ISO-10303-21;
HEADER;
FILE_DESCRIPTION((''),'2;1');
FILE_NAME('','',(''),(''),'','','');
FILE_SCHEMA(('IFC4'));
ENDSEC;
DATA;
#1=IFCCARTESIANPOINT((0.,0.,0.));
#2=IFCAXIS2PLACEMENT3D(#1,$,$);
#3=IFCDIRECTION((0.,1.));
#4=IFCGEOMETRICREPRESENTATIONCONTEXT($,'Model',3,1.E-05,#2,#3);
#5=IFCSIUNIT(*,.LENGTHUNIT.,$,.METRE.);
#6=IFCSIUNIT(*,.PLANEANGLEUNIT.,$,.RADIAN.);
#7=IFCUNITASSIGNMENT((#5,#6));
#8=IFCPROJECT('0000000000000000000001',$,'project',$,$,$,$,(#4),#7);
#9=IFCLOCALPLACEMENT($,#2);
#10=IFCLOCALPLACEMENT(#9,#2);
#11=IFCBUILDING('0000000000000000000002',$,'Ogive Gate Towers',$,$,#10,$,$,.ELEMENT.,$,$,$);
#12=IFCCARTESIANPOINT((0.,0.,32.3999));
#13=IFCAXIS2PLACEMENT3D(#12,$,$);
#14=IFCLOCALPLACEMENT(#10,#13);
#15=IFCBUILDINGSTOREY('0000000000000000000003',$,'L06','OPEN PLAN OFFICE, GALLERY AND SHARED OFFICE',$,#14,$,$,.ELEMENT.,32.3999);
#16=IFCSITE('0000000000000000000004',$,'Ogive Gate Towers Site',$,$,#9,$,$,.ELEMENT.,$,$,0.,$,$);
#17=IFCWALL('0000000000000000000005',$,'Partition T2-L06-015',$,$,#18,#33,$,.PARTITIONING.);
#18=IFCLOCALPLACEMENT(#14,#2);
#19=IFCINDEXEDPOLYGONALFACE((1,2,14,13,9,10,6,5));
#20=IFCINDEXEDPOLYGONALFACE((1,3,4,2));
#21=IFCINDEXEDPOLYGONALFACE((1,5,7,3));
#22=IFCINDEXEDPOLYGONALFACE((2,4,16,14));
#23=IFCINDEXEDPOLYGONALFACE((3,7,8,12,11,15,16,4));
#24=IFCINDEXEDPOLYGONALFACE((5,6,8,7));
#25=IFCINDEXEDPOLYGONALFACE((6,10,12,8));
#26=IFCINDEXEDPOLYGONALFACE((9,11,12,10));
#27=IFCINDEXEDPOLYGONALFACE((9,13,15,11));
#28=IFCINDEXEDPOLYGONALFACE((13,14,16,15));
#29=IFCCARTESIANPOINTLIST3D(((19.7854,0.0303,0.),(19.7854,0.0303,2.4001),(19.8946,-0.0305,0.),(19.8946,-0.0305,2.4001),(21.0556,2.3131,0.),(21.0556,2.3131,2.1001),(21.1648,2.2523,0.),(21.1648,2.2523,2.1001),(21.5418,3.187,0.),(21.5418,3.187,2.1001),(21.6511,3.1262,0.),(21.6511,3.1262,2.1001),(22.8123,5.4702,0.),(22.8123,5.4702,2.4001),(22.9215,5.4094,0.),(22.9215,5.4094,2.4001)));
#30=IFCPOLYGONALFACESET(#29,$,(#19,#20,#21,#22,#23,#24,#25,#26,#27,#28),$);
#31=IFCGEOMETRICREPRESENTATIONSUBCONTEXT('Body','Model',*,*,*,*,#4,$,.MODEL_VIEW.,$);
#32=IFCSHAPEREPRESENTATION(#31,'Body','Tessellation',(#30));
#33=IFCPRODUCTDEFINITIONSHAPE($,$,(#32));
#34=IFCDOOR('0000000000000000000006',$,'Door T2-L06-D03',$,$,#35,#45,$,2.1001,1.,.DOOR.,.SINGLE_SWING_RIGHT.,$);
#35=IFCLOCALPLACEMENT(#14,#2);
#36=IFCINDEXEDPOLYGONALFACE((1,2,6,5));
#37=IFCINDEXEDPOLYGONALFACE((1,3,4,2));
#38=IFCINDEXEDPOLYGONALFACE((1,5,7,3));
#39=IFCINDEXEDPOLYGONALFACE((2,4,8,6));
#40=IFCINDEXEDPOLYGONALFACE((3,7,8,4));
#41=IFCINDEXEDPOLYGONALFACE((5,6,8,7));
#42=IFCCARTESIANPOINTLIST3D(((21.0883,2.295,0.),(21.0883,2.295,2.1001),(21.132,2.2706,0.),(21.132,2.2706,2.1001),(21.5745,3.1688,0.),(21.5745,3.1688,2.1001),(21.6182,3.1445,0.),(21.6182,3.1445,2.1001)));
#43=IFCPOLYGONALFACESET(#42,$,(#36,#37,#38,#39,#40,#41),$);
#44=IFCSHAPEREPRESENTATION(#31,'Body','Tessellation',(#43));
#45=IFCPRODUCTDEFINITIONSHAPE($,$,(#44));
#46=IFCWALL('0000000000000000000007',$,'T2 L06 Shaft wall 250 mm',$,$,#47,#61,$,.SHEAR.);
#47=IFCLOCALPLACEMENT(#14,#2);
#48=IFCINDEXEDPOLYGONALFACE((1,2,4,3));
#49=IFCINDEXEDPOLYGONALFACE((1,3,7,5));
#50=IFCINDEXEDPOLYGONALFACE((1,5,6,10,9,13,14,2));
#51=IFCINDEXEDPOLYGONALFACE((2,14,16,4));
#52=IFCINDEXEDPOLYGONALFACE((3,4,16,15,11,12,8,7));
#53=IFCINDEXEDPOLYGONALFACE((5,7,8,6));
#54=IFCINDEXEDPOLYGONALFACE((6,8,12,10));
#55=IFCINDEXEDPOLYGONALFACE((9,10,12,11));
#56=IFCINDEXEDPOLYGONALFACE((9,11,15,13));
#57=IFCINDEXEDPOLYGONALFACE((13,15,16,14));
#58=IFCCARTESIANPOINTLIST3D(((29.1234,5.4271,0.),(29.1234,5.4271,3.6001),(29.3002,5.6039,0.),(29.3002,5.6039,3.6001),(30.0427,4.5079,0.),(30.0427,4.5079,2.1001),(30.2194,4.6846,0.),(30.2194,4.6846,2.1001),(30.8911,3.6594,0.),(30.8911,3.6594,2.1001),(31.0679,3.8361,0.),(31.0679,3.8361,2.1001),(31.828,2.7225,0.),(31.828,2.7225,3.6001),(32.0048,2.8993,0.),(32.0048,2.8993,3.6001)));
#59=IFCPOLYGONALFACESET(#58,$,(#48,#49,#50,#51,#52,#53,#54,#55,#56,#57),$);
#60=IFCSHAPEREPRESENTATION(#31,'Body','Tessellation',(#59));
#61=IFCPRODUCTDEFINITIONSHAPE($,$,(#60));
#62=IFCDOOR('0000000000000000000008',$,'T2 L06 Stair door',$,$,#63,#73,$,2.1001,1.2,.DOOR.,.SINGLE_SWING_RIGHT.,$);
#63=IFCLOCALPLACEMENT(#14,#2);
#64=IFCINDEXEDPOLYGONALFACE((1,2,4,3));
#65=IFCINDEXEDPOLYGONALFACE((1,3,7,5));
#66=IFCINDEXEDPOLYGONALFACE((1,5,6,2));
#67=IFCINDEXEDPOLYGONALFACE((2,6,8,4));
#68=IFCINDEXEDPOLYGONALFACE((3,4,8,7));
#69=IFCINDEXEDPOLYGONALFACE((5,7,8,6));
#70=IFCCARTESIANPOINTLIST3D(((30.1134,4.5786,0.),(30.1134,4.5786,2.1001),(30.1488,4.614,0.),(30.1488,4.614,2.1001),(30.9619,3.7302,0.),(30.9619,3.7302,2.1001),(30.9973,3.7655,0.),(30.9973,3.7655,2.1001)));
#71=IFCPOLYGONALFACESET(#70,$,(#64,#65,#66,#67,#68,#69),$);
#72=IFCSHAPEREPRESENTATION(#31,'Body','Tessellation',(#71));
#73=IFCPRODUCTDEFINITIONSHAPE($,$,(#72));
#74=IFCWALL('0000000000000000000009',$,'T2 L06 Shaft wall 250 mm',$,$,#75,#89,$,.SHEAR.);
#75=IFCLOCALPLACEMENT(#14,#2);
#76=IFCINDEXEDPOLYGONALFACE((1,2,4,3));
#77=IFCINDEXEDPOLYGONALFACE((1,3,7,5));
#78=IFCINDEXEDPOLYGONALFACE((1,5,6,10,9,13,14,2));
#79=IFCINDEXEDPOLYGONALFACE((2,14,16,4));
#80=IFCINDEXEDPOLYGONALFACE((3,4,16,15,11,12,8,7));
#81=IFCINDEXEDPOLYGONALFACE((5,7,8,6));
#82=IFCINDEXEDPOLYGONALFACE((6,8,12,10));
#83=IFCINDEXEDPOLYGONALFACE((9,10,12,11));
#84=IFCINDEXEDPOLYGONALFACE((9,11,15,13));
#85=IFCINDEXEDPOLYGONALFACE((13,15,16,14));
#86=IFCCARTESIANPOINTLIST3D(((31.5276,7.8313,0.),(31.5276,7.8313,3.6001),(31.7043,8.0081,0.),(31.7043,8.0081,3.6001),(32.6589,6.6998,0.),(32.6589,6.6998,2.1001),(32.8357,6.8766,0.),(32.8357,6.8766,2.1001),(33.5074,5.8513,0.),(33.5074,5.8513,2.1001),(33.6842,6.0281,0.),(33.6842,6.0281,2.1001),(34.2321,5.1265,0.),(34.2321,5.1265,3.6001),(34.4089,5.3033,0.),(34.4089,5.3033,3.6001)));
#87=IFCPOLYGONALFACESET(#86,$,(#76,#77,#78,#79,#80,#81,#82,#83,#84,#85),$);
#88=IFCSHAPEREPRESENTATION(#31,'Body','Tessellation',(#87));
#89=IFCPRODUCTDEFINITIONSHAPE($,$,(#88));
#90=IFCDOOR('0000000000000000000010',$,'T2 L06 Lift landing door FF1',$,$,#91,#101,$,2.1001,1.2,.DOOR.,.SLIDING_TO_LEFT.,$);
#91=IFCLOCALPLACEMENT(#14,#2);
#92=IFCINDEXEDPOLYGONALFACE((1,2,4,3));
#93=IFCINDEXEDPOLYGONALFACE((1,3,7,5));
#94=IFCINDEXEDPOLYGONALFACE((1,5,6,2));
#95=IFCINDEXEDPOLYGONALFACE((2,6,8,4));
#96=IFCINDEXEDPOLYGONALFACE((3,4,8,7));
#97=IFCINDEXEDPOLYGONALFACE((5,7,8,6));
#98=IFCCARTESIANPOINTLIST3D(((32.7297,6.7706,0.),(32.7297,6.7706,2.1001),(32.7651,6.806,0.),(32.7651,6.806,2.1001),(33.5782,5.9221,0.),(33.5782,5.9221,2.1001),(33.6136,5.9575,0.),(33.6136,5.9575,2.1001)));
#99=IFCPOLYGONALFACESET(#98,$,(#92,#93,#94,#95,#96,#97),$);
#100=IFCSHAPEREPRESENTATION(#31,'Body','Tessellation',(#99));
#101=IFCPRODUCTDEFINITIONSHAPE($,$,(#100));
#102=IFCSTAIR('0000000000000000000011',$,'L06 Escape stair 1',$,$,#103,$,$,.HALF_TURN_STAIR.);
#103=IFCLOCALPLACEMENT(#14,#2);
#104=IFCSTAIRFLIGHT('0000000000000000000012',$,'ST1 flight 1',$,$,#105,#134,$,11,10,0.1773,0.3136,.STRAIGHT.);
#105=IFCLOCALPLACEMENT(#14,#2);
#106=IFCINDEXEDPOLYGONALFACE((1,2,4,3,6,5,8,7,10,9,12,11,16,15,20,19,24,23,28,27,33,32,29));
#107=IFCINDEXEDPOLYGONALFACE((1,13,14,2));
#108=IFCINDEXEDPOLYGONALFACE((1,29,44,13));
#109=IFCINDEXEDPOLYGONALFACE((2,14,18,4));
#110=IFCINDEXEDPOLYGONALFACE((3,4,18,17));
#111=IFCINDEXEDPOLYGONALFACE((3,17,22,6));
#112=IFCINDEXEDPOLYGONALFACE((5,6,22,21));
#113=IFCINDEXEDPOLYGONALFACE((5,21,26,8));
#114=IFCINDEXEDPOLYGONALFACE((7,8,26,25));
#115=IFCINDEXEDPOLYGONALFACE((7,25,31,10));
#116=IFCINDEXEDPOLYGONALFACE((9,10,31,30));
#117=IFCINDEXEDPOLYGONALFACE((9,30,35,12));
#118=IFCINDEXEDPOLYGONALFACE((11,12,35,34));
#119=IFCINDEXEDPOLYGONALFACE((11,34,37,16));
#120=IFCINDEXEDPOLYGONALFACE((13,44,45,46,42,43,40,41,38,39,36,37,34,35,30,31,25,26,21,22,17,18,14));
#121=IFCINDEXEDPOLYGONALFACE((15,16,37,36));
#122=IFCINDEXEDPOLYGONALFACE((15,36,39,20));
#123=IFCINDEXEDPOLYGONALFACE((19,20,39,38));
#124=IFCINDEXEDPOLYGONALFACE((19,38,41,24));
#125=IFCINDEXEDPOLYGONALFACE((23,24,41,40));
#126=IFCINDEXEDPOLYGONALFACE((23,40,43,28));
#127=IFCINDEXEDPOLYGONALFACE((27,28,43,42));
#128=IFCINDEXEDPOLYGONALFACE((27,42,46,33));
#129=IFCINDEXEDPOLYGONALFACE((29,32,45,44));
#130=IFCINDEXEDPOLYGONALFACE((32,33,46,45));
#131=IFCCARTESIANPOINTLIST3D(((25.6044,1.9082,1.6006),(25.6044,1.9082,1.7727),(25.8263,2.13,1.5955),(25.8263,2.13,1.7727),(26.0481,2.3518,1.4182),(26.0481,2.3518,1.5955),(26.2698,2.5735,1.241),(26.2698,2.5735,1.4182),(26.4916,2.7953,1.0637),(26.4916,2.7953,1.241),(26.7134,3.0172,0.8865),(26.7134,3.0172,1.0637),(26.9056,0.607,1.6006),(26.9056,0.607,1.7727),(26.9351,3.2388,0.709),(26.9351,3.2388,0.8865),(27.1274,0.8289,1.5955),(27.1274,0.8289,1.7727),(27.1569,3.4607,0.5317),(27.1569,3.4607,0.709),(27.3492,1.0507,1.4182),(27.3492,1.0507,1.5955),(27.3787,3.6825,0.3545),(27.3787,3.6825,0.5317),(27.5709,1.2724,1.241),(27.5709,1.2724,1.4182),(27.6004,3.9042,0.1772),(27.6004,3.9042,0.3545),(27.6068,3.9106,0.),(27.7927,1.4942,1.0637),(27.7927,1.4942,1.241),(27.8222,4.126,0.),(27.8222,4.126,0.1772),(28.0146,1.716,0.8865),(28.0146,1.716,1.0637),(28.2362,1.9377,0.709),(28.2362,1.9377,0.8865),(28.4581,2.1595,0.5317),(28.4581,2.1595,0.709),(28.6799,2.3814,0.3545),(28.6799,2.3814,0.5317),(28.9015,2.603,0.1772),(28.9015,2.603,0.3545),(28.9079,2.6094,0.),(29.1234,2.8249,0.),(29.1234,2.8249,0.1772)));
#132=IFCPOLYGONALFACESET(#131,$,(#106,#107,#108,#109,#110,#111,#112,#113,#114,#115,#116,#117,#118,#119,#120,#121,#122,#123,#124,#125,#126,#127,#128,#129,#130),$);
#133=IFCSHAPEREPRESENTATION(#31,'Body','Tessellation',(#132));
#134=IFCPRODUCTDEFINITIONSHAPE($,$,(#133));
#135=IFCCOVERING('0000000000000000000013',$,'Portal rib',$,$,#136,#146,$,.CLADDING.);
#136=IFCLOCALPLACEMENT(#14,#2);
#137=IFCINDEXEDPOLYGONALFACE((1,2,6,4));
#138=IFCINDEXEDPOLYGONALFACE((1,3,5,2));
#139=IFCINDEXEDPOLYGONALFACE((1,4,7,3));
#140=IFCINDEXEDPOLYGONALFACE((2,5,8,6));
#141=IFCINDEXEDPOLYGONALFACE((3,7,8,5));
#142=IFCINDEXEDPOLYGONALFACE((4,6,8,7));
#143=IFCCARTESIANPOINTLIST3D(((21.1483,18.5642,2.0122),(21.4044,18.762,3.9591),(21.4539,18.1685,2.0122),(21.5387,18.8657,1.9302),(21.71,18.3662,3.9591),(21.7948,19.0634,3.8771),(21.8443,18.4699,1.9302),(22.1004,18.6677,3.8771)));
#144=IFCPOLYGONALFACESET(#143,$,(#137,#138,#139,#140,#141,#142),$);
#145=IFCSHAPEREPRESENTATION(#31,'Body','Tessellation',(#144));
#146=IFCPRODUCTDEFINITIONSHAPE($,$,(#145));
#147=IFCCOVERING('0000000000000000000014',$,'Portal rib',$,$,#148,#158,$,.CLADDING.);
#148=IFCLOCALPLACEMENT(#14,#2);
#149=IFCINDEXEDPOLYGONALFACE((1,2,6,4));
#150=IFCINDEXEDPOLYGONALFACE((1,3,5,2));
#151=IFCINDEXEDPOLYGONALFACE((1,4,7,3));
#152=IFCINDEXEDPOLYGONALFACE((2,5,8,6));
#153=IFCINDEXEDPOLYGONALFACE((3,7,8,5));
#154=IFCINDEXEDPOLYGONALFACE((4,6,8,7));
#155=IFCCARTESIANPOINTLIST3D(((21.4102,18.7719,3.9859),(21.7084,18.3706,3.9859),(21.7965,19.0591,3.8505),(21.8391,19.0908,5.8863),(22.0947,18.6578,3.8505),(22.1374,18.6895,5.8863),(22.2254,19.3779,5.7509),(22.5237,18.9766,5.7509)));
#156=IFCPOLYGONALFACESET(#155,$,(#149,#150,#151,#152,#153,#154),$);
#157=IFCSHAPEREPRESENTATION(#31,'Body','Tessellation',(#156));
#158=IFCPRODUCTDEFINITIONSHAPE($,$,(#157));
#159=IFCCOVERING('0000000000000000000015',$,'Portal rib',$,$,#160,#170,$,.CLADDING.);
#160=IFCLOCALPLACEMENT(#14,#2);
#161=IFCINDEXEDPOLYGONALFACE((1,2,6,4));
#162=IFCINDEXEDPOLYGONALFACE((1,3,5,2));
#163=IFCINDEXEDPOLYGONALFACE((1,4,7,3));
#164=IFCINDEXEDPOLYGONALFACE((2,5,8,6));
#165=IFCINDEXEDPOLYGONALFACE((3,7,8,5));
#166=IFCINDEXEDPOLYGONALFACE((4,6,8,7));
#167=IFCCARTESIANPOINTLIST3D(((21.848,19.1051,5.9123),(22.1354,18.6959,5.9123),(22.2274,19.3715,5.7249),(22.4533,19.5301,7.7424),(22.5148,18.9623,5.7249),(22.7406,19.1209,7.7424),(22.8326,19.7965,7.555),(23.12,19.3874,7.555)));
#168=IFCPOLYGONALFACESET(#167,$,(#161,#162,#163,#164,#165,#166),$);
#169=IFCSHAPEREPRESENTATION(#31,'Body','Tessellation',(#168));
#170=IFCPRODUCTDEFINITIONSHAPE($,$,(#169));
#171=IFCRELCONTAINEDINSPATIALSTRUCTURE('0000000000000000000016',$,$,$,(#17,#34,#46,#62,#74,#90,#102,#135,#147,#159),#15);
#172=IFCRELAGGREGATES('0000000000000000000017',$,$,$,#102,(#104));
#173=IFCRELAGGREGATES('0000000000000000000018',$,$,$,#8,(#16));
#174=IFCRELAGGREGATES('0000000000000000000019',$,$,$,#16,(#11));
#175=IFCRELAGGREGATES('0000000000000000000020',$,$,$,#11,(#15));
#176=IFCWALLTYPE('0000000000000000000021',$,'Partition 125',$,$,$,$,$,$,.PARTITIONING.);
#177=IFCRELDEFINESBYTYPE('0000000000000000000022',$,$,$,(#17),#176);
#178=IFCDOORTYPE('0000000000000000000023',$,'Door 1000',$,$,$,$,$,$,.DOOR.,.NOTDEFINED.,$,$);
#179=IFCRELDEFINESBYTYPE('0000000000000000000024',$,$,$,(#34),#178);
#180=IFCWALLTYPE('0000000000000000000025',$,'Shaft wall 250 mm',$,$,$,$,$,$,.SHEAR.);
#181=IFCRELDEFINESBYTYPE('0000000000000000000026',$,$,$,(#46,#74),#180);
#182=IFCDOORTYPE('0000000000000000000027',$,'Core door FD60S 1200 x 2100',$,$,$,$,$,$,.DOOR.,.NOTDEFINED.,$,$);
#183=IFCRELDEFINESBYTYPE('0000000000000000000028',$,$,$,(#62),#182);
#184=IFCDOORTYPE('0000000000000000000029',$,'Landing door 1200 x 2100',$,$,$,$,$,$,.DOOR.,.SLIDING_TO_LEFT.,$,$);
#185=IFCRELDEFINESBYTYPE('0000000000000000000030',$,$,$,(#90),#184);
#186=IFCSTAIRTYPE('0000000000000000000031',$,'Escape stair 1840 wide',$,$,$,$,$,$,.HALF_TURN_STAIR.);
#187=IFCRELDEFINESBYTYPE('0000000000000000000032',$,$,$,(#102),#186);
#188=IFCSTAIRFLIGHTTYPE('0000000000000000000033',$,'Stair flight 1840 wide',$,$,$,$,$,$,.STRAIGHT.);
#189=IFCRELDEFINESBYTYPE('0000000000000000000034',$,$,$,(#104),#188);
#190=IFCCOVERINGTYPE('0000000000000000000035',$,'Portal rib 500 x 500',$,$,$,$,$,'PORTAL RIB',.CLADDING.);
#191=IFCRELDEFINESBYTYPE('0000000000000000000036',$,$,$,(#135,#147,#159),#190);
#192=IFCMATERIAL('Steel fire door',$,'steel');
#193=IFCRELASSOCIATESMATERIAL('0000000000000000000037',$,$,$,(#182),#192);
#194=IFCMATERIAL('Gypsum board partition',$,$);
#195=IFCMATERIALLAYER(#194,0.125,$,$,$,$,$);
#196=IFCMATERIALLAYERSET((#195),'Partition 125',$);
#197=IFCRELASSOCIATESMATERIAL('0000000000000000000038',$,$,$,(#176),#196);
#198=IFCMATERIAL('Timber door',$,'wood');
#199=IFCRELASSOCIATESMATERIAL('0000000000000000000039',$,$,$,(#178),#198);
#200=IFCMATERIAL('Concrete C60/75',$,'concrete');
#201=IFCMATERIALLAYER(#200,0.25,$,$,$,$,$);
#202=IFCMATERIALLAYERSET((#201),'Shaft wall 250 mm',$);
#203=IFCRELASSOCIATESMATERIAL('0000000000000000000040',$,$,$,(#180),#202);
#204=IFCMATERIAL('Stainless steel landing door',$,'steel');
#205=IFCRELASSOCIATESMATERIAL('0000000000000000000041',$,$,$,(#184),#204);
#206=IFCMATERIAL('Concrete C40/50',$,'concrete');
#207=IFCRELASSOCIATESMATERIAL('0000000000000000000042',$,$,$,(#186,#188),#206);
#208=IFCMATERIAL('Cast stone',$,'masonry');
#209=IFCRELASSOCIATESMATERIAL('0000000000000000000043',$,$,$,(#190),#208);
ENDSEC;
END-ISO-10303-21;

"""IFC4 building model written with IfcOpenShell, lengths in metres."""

from ifc_helpers import new_model, si_unit, direction, frame, frame_2d, origin, origin_2d, place, context, subcontext, project, spatial, polyline, rectangle, outline, extrude, material, layer, layer_set, material_profile, profile_set, type_object, element, fill, aggregate, save


model = new_model("IFC4")

# Units and contexts
model_context = context("Model", 3, precision=1e-05, world=origin(), true_north=direction((0.0, 1.0)))
body_context = subcontext(model_context, "Body", "Model", "MODEL_VIEW")
ifc_project = project(units=[si_unit("LENGTHUNIT", "METRE"), si_unit("PLANEANGLEUNIT", "RADIAN")], contexts=[model_context])

# Site, building, storey
site_placement = place(None, origin())
site = spatial("IfcSite", under=ifc_project, at=site_placement, Name="Ogive Gate Towers Site", CompositionType="ELEMENT", RefElevation=0.0)
building_placement = place(site_placement, origin())
building = spatial("IfcBuilding", under=site, at=building_placement, Name="Ogive Gate Towers", CompositionType="ELEMENT")
storey_placement = place(building_placement, frame((0.0, 0.0, 32.3999)))
storey = spatial("IfcBuildingStorey", under=building, at=storey_placement, Name="L06", Description="OPEN PLAN OFFICE, GALLERY AND SHARED OFFICE", CompositionType="ELEMENT", Elevation=32.3999)

# Shared definitions
ifc_material_1 = material(Name="Concrete C40/50", Category="concrete")

# Shared definitions
ifc_material_2 = material(Name="Concrete C60/75", Category="concrete")
ifc_material_3 = material(Name="Timber door", Category="wood")
ifc_material_4 = material(Name="Steel fire door", Category="steel")
door_type_1 = type_object("IfcDoorType", Name="Core door FD60S 1200 x 2100", OperationType="NOTDEFINED", PredefinedType="DOOR", material=ifc_material_4)

# Walls, openings, doors
ifc_material_5 = material(Name="Gypsum board partition")
ifc_layer_1 = layer(ifc_material_5, 0.125)
ifc_layer_set_1 = layer_set([ifc_layer_1], Name="Partition 125")
wall_type_1 = type_object("IfcWallType", Name="Partition 125", PredefinedType="PARTITIONING", material=ifc_layer_set_1)
wall_1_placement = place(storey_placement, frame((22.8669, 5.4399, 0.0), z_axis=(0.0, 0.0, 1.0), x_axis=(-0.486216, -0.873839, 0.0)))
wall_1 = element("IfcWall", 1, at=wall_1_placement, inside=storey, type_object=wall_type_1, Name="Partition T2-L06-015", PredefinedType="PARTITIONING", context=body_context, shape_type="SweptSolid", body=[
    extrude(rectangle(XDim=6.2253, YDim=0.125, at=frame_2d((3.1128, 0.0))), origin(), (0.0, 0.0, 1.0), 2.4001),
])
opening_1_placement = place(wall_1_placement, frame((2.613, 0.0, 0.0)))
opening_1 = element("IfcOpeningElement", 2, at=opening_1_placement, cuts=wall_1, PredefinedType="OPENING", context=body_context, shape_type="SweptSolid", body=[
    extrude(rectangle(XDim=1.0, YDim=2.1001, at=frame_2d((0.5, 1.05))), frame((0.0, 0.0725, 0.0), z_axis=(0.0, -1.0, 0.0), x_axis=(1.0, 0.0, 0.0)), (0.0, 0.0, 1.0), 0.145),
])
door_type_2 = type_object("IfcDoorType", Name="Door 1000", OperationType="NOTDEFINED", PredefinedType="DOOR", material=ifc_material_3)
door_1_placement = place(opening_1_placement, origin())
door_1 = element("IfcDoor", 3, at=door_1_placement, inside=storey, type_object=door_type_2, Name="Door T2-L06-D03", OperationType="SINGLE_SWING_RIGHT", OverallHeight=2.1001, OverallWidth=1.0, PredefinedType="DOOR", context=body_context, shape_type="SweptSolid", body=[
    extrude(rectangle(XDim=1.0, YDim=2.1001, at=frame_2d((0.5, 1.05))), frame((0.0, 0.0249, 0.0), z_axis=(0.0, -1.0, 0.0), x_axis=(1.0, 0.0, 0.0)), (0.0, 0.0, 1.0), 0.05),
])
fill(opening_1, door_1)
ifc_layer_2 = layer(ifc_material_2, 0.25)
ifc_layer_set_2 = layer_set([ifc_layer_2], Name="Shaft wall 250 mm")
wall_type_2 = type_object("IfcWallType", Name="Shaft wall 250 mm", PredefinedType="SHEAR", material=ifc_layer_set_2)
wall_2_placement = place(storey_placement, frame((31.9165, 2.8108, 0.0), z_axis=(0.0, 0.0, 1.0), x_axis=(-0.707107, 0.707107, 0.0)))
wall_2 = element("IfcWall", 4, at=wall_2_placement, inside=storey, type_object=wall_type_2, Name="T2 L06 Shaft wall 250 mm", PredefinedType="SHEAR", context=body_context, shape_type="SweptSolid", body=[
    extrude(rectangle(XDim=3.825, YDim=0.25, at=frame_2d((1.9126, 0.0))), origin(), (0.0, 0.0, 1.0), 3.6001),
])
opening_2_placement = place(wall_2_placement, frame((1.325, 0.0, 0.0)))
opening_2 = element("IfcOpeningElement", 5, at=opening_2_placement, cuts=wall_2, PredefinedType="OPENING", context=body_context, shape_type="SweptSolid", body=[
    extrude(rectangle(XDim=1.2, YDim=2.1001, at=frame_2d((0.6001, 1.05))), frame((0.0, 0.135, 0.0), z_axis=(0.0, -1.0, 0.0), x_axis=(1.0, 0.0, 0.0)), (0.0, 0.0, 1.0), 0.27),
])
door_2_placement = place(opening_2_placement, origin())
door_2 = element("IfcDoor", 6, at=door_2_placement, inside=storey, type_object=door_type_1, Name="T2 L06 Stair door", OperationType="SINGLE_SWING_RIGHT", OverallHeight=2.1001, OverallWidth=1.2, PredefinedType="DOOR", context=body_context, shape_type="SweptSolid", body=[
    extrude(rectangle(XDim=1.2, YDim=2.1001, at=frame_2d((0.6001, 1.05))), frame((0.0, 0.0249, 0.0), z_axis=(0.0, -1.0, 0.0), x_axis=(1.0, 0.0, 0.0)), (0.0, 0.0, 1.0), 0.05),
])
fill(opening_2, door_2)
wall_3_placement = place(storey_placement, frame((34.3206, 5.2148, 0.0), z_axis=(0.0, 0.0, 1.0), x_axis=(-0.707075, 0.707139, 0.0)))
wall_3 = element("IfcWall", 7, at=wall_3_placement, inside=storey, type_object=wall_type_2, Name="T2 L06 Shaft wall 250 mm", PredefinedType="SHEAR", context=body_context, shape_type="SweptSolid", body=[
    extrude(rectangle(XDim=3.825, YDim=0.25, at=frame_2d((1.9126, 0.0))), origin(), (0.0, 0.0, 1.0), 3.6001),
])
opening_3_placement = place(wall_3_placement, frame((1.0249, 0.0, 0.0)))
opening_3 = element("IfcOpeningElement", 8, at=opening_3_placement, cuts=wall_3, PredefinedType="OPENING", context=body_context, shape_type="SweptSolid", body=[
    extrude(rectangle(XDim=1.2, YDim=2.1001, at=frame_2d((0.6001, 1.05))), frame((0.0, 0.135, 0.0), z_axis=(0.0, -1.0, 0.0), x_axis=(1.0, 0.0, 0.0)), (0.0, 0.0, 1.0), 0.27),
])
ifc_material_6 = material(Name="Stainless steel landing door", Category="steel")
door_type_3 = type_object("IfcDoorType", Name="Landing door 1200 x 2100", OperationType="SLIDING_TO_LEFT", PredefinedType="DOOR", material=ifc_material_6)
door_3_placement = place(opening_3_placement, origin())
door_3 = element("IfcDoor", 9, at=door_3_placement, inside=storey, type_object=door_type_3, Name="T2 L06 Lift landing door FF1", OperationType="SLIDING_TO_LEFT", OverallHeight=2.1001, OverallWidth=1.2, PredefinedType="DOOR", context=body_context, shape_type="SweptSolid", body=[
    extrude(rectangle(XDim=1.2, YDim=2.1001, at=frame_2d((0.6001, 1.05))), frame((0.0, 0.0249, 0.0), z_axis=(0.0, -1.0, 0.0), x_axis=(1.0, 0.0, 0.0)), (0.0, 0.0, 1.0), 0.05),
])
fill(opening_3, door_3)

# Stair, stair flight
stair_type = type_object("IfcStairType", Name="Escape stair 1840 wide", PredefinedType="HALF_TURN_STAIR", material=ifc_material_1)
stair_placement = place(storey_placement, origin())
stair = element("IfcStair", 10, at=stair_placement, inside=storey, type_object=stair_type, Name="L06 Escape stair 1", PredefinedType="HALF_TURN_STAIR")
stair_flight_type = type_object("IfcStairFlightType", Name="Stair flight 1840 wide", PredefinedType="STRAIGHT", material=ifc_material_1)
stair_flight_placement = place(storey_placement, frame((28.4729, 3.4753, 0.0), z_axis=(0.0, 0.0, 1.0), x_axis=(-0.707107, -0.707107, 0.0)))
stair_flight = element("IfcStairFlight", 11, at=stair_flight_placement, type_object=stair_flight_type, Name="ST1 flight 1", NumberOfRisers=11, NumberOfTreads=10, PredefinedType="STRAIGHT", RiserHeight=0.1773, TreadLength=0.3136, context=body_context, shape_type="SweptSolid", body=[
    extrude(outline(polyline([(0.0, 0.0), (0.0, 0.1772), (0.3137, 0.1772), (0.3137, 0.3545), (0.6272, 0.3545), (0.6272, 0.5317), (0.9409, 0.5317), (0.9409, 0.709), (1.2546, 0.709), (1.2546, 0.8865), (1.5681, 0.8865), (1.5681, 1.0637), (1.8818, 1.0637), (1.8818, 1.241), (2.1956, 1.241), (2.1956, 1.4182), (2.509, 1.4182), (2.509, 1.5955), (2.8228, 1.5955), (2.8228, 1.7727), (3.1365, 1.7727), (3.1365, 1.95), (3.1365, 1.6006), (0.3047, 0.0), (0.0, 0.0)])), frame((0.0, 0.9199, 0.0), z_axis=(0.0, -1.0, 0.0), x_axis=(1.0, 0.0, 0.0)), (0.0, 0.0, 1.0), 1.8401),
])
aggregate(stair, [stair_flight])

# Coverings
ifc_material_7 = material(Name="Cast stone", Category="masonry")
ifc_material_profile_1 = material_profile(ifc_material_7, rectangle(XDim=0.5, YDim=0.5, at=origin_2d()), Name="500 x 500 cast stone")
ifc_profile_set_1 = profile_set([ifc_material_profile_1], Name="Cast stone")
covering_type = type_object("IfcCoveringType", Name="Portal rib 500 x 500", ElementType="PORTAL RIB", PredefinedType="CLADDING", material=ifc_profile_set_1)
covering_1_placement = place(storey_placement, frame((21.4963, 18.5171, 1.9712), z_axis=(0.129756, 0.100193, 0.986471), x_axis=(-0.611168, 0.791501, 0.0)))
element("IfcCovering", 12, at=covering_1_placement, inside=storey, type_object=covering_type, Name="Portal rib", PredefinedType="CLADDING", context=body_context, shape_type="SweptSolid", body=[
    extrude(rectangle(XDim=0.5, YDim=0.5, at=origin_2d()), origin(), (0.0, 0.0, 1.0), 1.9736),
])
covering_2_placement = place(storey_placement, frame((21.7524, 18.7148, 3.9182), z_axis=(0.217289, 0.161514, 0.962652), x_axis=(-0.596559, 0.802569, 0.0)))
element("IfcCovering", 13, at=covering_2_placement, inside=storey, type_object=covering_type, Name="Portal rib", PredefinedType="CLADDING", context=body_context, shape_type="SweptSolid", body=[
    extrude(rectangle(XDim=0.5, YDim=0.5, at=origin_2d()), origin(), (0.0, 0.0, 1.0), 1.9741),
])
for number, where, z_axis, x_axis, name in (
    (14, (22.1814, 19.0337, 5.8186), (0.306619, 0.215338, 0.927154), (-0.574725, 0.818347, 0.0), "Portal rib"),
):
    element("IfcCovering", number, at=place(storey_placement, frame(where, z_axis=z_axis, x_axis=x_axis)), inside=storey, type_object=covering_type, Name=name, PredefinedType="CLADDING", context=body_context, shape_type="SweptSolid", body=[
        extrude(rectangle(XDim=0.5, YDim=0.5, at=origin_2d()), origin(), (0.0, 0.0, 1.0), 1.9739),
    ])

save(model, "model.ifc")
